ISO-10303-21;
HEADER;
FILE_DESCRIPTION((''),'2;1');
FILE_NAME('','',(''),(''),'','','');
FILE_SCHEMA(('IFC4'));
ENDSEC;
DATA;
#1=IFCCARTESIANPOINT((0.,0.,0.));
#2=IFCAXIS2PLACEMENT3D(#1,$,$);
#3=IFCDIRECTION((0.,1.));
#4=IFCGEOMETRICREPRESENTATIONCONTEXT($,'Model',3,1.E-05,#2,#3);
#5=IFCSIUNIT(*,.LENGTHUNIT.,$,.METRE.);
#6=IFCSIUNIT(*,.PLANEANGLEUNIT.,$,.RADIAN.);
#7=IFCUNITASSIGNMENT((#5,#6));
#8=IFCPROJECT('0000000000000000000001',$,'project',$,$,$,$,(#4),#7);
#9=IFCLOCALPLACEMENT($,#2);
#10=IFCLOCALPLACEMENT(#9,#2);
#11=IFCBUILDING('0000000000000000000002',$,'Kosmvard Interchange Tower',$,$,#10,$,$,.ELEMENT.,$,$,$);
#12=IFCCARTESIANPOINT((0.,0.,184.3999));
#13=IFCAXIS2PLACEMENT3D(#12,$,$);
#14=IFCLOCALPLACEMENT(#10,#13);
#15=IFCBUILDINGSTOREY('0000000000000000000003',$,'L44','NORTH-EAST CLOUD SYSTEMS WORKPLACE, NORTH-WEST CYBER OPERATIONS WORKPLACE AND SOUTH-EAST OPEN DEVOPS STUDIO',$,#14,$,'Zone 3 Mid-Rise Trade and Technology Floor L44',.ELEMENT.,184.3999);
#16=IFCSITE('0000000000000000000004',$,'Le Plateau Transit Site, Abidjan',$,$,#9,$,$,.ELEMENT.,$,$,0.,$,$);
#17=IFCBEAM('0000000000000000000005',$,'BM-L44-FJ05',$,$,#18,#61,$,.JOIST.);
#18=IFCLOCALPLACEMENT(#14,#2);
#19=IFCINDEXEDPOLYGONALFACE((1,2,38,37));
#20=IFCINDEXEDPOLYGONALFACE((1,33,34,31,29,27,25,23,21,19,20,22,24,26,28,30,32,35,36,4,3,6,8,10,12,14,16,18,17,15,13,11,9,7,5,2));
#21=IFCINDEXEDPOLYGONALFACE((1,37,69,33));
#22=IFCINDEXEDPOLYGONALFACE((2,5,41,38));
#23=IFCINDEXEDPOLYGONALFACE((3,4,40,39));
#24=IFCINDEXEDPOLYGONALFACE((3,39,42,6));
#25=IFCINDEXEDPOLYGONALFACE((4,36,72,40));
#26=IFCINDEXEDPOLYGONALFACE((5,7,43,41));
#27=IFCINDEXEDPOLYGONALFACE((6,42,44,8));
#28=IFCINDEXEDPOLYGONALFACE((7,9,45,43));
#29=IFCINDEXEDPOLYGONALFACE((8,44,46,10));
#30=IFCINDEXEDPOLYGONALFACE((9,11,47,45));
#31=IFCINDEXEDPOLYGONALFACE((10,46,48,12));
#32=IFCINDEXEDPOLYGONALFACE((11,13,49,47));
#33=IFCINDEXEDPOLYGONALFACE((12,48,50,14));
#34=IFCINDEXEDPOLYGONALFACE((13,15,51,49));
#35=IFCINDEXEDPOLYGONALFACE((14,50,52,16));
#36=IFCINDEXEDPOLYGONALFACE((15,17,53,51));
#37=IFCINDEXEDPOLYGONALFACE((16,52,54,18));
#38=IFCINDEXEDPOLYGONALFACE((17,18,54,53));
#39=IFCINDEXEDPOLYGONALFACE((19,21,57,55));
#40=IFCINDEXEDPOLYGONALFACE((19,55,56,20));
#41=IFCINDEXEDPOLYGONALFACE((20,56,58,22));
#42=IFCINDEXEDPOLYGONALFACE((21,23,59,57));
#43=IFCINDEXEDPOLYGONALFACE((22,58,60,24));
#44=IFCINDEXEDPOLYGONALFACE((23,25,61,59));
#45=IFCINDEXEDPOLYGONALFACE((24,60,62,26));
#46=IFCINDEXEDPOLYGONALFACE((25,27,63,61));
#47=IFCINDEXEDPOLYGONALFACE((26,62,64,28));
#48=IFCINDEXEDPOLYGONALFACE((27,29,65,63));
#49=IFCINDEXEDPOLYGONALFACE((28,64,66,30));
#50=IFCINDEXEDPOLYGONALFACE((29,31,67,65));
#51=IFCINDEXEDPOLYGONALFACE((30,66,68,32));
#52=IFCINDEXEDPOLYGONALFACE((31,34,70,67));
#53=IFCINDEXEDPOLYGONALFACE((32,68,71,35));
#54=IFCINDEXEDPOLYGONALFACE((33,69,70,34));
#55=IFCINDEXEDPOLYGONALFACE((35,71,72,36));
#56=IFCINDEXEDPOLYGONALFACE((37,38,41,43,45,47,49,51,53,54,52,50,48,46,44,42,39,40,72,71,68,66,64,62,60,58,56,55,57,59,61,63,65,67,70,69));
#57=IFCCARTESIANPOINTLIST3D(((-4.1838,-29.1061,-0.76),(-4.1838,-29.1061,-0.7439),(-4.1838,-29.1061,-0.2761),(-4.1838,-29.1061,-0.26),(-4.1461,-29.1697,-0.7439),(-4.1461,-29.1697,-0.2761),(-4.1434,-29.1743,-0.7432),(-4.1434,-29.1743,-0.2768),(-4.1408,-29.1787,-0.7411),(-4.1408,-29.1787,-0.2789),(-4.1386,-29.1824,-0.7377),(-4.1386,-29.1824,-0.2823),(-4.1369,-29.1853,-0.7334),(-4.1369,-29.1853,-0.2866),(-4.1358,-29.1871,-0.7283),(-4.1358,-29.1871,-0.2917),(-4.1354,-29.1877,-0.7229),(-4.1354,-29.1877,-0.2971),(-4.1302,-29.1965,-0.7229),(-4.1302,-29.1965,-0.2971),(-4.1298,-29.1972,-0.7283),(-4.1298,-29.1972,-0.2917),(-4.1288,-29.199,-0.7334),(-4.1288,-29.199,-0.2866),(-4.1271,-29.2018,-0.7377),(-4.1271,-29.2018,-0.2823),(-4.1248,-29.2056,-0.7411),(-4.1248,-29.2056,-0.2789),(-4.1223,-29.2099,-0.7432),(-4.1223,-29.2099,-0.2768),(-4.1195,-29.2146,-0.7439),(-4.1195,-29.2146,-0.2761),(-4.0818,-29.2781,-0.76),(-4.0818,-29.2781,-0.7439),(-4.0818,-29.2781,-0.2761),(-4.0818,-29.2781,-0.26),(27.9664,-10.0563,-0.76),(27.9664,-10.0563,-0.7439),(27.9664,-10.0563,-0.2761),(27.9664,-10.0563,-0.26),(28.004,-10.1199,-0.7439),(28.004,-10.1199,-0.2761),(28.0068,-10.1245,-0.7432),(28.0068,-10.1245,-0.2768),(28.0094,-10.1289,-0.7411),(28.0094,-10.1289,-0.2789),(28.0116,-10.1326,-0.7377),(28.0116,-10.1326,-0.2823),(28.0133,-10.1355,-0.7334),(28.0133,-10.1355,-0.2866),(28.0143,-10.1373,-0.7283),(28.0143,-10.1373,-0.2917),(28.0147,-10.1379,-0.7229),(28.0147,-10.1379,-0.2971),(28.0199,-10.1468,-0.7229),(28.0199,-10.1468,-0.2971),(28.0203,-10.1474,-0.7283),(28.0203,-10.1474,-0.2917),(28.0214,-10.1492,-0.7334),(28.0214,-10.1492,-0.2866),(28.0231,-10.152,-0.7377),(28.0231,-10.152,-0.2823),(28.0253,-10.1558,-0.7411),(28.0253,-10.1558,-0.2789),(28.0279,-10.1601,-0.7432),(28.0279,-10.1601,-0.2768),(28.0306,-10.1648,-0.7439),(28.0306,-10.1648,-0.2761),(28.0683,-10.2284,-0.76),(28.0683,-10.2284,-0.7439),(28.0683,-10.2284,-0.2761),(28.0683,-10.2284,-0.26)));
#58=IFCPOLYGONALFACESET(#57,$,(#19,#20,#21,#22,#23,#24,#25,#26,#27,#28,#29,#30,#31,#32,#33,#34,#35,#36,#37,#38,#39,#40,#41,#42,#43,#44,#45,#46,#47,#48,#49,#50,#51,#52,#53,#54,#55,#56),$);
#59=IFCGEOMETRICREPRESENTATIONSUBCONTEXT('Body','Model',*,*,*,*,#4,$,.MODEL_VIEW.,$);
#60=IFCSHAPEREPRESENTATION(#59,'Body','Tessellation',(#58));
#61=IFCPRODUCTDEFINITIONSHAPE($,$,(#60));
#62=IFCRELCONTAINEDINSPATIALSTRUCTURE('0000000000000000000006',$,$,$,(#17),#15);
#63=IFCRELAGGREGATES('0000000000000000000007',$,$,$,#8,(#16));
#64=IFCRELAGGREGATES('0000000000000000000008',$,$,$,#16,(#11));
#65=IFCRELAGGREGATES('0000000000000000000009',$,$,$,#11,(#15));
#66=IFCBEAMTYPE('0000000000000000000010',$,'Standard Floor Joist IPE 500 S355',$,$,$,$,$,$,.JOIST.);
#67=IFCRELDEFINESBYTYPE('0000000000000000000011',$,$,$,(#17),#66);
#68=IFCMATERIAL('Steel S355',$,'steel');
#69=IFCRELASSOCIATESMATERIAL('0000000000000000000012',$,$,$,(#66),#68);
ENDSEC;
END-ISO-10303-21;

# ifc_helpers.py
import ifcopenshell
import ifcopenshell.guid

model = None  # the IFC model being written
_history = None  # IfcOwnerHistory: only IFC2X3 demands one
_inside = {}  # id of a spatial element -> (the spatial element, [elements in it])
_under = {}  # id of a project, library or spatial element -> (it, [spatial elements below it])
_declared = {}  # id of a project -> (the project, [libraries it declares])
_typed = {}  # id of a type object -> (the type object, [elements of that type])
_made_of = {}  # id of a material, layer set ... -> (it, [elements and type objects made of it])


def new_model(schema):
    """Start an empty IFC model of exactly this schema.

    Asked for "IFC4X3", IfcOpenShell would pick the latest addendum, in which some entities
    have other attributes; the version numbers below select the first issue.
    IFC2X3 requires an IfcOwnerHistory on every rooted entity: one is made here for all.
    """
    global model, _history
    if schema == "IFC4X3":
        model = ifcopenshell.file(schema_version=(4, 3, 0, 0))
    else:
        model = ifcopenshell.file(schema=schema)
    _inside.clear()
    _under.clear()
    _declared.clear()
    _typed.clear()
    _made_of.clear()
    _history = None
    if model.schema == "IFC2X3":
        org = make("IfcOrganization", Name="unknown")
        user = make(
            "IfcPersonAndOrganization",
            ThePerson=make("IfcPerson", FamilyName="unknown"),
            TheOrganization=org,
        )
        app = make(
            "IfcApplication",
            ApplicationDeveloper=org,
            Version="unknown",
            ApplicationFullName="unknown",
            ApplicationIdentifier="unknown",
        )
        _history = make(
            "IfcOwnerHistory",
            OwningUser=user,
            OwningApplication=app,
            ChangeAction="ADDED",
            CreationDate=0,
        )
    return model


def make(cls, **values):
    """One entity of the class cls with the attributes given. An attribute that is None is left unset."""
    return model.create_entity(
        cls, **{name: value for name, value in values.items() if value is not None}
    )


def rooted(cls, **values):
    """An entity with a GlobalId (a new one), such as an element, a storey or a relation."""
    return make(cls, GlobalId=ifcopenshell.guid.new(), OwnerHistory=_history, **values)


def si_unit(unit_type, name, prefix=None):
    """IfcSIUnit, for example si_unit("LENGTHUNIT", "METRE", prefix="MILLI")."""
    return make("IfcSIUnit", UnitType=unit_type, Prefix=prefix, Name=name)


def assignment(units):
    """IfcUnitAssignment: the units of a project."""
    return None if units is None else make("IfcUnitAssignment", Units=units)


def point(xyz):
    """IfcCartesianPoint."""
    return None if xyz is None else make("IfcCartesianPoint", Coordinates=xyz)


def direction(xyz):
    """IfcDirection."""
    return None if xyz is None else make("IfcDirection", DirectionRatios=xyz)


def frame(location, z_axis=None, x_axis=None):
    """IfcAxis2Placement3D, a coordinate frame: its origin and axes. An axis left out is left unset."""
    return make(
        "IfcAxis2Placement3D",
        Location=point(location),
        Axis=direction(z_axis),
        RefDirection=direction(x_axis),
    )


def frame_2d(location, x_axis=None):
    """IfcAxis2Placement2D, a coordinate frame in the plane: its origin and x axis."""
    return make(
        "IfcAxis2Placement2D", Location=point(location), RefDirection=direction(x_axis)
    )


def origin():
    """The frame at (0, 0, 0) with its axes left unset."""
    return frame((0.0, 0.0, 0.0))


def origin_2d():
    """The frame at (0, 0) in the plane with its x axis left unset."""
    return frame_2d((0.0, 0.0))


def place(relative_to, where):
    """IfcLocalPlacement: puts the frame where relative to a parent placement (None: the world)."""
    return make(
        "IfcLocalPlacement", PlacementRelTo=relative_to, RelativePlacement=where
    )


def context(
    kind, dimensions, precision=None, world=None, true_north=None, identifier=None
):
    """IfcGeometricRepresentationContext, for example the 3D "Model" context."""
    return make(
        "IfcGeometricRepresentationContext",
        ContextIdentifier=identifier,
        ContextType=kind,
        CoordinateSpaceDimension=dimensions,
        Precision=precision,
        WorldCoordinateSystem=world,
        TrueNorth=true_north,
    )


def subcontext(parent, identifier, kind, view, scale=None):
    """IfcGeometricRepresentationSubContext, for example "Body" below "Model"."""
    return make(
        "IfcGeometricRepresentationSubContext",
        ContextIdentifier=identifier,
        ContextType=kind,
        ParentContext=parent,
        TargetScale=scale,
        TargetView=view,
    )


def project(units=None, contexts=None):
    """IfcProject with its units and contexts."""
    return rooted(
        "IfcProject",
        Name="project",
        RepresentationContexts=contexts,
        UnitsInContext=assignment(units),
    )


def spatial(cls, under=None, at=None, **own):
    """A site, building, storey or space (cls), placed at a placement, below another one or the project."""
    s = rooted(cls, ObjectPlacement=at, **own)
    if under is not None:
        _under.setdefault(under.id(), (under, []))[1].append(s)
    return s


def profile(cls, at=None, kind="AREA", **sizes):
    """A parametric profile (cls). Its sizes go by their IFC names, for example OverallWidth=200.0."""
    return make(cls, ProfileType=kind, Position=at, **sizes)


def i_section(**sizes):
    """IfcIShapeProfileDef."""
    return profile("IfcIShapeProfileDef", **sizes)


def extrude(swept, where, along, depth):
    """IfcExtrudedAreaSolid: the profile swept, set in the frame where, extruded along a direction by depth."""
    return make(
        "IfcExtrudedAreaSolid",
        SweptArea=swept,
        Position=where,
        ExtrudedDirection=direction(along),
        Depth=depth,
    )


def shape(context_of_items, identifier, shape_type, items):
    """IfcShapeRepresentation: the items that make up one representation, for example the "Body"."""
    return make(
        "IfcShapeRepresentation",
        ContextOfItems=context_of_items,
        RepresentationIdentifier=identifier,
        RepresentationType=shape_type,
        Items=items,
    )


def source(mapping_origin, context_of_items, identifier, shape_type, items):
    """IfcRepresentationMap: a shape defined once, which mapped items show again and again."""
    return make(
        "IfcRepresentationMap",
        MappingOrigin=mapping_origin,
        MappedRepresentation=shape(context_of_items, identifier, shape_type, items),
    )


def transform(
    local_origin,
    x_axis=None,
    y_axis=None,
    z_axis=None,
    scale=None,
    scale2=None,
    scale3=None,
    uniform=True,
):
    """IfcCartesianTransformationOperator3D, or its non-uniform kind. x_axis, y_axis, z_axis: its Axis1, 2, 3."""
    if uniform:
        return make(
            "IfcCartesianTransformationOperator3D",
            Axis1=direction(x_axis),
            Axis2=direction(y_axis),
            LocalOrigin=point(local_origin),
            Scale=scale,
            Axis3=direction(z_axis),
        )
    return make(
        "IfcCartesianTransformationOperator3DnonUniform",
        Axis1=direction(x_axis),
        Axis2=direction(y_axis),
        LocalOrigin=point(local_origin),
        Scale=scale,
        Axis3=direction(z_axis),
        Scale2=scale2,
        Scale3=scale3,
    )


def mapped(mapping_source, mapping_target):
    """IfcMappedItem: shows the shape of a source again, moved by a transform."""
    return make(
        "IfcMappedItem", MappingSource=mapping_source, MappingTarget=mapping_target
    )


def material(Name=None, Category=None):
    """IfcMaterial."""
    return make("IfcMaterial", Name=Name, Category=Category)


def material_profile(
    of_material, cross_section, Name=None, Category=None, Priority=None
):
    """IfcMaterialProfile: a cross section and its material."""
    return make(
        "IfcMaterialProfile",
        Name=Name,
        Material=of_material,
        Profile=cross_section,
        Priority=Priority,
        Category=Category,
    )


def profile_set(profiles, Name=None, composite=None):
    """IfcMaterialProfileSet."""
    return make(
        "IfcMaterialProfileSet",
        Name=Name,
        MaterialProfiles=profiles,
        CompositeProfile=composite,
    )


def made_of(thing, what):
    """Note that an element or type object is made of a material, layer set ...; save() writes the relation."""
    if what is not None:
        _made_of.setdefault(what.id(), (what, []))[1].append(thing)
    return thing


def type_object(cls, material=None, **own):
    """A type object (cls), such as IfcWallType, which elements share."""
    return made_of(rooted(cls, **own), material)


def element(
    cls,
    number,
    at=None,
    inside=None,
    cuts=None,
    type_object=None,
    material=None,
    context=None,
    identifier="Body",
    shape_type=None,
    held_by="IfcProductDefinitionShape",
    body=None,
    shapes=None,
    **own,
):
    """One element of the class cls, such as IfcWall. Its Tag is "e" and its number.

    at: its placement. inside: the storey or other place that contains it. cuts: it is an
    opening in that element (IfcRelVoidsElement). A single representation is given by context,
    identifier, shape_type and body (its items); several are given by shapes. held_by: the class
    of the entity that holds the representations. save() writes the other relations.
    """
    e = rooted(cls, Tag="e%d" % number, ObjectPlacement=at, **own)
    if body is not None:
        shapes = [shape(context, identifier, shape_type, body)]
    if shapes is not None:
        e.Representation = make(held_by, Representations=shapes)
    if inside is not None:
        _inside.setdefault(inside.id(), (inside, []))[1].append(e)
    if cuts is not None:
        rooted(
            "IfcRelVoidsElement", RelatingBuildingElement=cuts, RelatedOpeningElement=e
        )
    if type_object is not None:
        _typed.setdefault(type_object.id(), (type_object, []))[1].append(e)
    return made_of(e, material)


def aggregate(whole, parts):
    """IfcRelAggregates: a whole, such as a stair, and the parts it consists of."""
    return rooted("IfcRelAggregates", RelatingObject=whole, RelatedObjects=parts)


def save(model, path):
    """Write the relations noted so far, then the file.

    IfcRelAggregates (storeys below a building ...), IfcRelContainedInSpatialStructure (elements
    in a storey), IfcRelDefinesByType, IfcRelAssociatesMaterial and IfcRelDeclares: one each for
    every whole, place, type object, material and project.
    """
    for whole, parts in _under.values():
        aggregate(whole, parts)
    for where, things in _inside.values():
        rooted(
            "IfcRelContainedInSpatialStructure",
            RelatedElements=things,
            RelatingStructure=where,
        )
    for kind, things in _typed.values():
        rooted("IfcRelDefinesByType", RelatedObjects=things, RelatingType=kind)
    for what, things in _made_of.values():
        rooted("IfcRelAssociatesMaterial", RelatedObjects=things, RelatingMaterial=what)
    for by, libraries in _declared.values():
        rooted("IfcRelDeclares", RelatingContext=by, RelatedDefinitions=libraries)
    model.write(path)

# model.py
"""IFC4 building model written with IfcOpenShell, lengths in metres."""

from ifc_helpers import new_model, si_unit, direction, frame, origin, origin_2d, place, context, subcontext, project, spatial, i_section, extrude, source, transform, mapped, material, material_profile, profile_set, type_object, element, save


model = new_model("IFC4")

# Units and contexts
model_context = context("Model", 3, precision=1e-05, world=origin(), true_north=direction((0.0, 1.0)))
body_context = subcontext(model_context, "Body", "Model", "MODEL_VIEW")
ifc_project = project(units=[si_unit("LENGTHUNIT", "METRE"), si_unit("PLANEANGLEUNIT", "RADIAN")], contexts=[model_context])

# Site, building, storey
site_placement = place(None, origin())
site = spatial("IfcSite", under=ifc_project, at=site_placement, Name="Le Plateau Transit Site, Abidjan", CompositionType="ELEMENT", RefElevation=0.0)
building_placement = place(site_placement, origin())
building = spatial("IfcBuilding", under=site, at=building_placement, Name="Kosmvard Interchange Tower", CompositionType="ELEMENT")
storey_placement = place(building_placement, frame((0.0, 0.0, 184.3999)))
storey = spatial("IfcBuildingStorey", under=building, at=storey_placement, Name="L44", Description="NORTH-EAST CLOUD SYSTEMS WORKPLACE, NORTH-WEST CYBER OPERATIONS WORKPLACE AND SOUTH-EAST OPEN DEVOPS STUDIO", LongName="Zone 3 Mid-Rise Trade and Technology Floor L44", CompositionType="ELEMENT", Elevation=184.3999)

# Beam
ifc_material_1 = material(Name="Steel S355", Category="steel")
ifc_material_profile_1 = material_profile(ifc_material_1, i_section(OverallWidth=0.2, OverallDepth=0.5, WebThickness=0.0103, FlangeThickness=0.0161, FilletRadius=0.021, at=origin_2d()), Name="IPE 500")
ifc_profile_set_1 = profile_set([ifc_material_profile_1], Name="Steel S355")
beam_type_1 = type_object("IfcBeamType", Name="Standard Floor Joist IPE 500 S355", PredefinedType="JOIST", material=ifc_profile_set_1)
shared_shape_1 = source(origin(), body_context, "Body", "SweptSolid", [
    extrude(i_section(OverallWidth=0.2, OverallDepth=0.5, WebThickness=0.0103, FlangeThickness=0.0161, FilletRadius=0.021, at=origin_2d()), origin(), (0.0, 0.0, 1.0), 37.3701),
])
beam_1_placement = place(storey_placement, frame((-4.1328, -29.1921, -0.51), z_axis=(0.860317, 0.50976, 0.0), x_axis=(-0.50976, 0.860317, 0.0)))
element("IfcBeam", 1, at=beam_1_placement, inside=storey, type_object=beam_type_1, Name="BM-L44-FJ05", PredefinedType="JOIST", context=body_context, shape_type="MappedRepresentation", body=[
    mapped(shared_shape_1, transform((0.0, 0.0, 0.0), scale=1.0)),
])

save(model, "model.ifc")
